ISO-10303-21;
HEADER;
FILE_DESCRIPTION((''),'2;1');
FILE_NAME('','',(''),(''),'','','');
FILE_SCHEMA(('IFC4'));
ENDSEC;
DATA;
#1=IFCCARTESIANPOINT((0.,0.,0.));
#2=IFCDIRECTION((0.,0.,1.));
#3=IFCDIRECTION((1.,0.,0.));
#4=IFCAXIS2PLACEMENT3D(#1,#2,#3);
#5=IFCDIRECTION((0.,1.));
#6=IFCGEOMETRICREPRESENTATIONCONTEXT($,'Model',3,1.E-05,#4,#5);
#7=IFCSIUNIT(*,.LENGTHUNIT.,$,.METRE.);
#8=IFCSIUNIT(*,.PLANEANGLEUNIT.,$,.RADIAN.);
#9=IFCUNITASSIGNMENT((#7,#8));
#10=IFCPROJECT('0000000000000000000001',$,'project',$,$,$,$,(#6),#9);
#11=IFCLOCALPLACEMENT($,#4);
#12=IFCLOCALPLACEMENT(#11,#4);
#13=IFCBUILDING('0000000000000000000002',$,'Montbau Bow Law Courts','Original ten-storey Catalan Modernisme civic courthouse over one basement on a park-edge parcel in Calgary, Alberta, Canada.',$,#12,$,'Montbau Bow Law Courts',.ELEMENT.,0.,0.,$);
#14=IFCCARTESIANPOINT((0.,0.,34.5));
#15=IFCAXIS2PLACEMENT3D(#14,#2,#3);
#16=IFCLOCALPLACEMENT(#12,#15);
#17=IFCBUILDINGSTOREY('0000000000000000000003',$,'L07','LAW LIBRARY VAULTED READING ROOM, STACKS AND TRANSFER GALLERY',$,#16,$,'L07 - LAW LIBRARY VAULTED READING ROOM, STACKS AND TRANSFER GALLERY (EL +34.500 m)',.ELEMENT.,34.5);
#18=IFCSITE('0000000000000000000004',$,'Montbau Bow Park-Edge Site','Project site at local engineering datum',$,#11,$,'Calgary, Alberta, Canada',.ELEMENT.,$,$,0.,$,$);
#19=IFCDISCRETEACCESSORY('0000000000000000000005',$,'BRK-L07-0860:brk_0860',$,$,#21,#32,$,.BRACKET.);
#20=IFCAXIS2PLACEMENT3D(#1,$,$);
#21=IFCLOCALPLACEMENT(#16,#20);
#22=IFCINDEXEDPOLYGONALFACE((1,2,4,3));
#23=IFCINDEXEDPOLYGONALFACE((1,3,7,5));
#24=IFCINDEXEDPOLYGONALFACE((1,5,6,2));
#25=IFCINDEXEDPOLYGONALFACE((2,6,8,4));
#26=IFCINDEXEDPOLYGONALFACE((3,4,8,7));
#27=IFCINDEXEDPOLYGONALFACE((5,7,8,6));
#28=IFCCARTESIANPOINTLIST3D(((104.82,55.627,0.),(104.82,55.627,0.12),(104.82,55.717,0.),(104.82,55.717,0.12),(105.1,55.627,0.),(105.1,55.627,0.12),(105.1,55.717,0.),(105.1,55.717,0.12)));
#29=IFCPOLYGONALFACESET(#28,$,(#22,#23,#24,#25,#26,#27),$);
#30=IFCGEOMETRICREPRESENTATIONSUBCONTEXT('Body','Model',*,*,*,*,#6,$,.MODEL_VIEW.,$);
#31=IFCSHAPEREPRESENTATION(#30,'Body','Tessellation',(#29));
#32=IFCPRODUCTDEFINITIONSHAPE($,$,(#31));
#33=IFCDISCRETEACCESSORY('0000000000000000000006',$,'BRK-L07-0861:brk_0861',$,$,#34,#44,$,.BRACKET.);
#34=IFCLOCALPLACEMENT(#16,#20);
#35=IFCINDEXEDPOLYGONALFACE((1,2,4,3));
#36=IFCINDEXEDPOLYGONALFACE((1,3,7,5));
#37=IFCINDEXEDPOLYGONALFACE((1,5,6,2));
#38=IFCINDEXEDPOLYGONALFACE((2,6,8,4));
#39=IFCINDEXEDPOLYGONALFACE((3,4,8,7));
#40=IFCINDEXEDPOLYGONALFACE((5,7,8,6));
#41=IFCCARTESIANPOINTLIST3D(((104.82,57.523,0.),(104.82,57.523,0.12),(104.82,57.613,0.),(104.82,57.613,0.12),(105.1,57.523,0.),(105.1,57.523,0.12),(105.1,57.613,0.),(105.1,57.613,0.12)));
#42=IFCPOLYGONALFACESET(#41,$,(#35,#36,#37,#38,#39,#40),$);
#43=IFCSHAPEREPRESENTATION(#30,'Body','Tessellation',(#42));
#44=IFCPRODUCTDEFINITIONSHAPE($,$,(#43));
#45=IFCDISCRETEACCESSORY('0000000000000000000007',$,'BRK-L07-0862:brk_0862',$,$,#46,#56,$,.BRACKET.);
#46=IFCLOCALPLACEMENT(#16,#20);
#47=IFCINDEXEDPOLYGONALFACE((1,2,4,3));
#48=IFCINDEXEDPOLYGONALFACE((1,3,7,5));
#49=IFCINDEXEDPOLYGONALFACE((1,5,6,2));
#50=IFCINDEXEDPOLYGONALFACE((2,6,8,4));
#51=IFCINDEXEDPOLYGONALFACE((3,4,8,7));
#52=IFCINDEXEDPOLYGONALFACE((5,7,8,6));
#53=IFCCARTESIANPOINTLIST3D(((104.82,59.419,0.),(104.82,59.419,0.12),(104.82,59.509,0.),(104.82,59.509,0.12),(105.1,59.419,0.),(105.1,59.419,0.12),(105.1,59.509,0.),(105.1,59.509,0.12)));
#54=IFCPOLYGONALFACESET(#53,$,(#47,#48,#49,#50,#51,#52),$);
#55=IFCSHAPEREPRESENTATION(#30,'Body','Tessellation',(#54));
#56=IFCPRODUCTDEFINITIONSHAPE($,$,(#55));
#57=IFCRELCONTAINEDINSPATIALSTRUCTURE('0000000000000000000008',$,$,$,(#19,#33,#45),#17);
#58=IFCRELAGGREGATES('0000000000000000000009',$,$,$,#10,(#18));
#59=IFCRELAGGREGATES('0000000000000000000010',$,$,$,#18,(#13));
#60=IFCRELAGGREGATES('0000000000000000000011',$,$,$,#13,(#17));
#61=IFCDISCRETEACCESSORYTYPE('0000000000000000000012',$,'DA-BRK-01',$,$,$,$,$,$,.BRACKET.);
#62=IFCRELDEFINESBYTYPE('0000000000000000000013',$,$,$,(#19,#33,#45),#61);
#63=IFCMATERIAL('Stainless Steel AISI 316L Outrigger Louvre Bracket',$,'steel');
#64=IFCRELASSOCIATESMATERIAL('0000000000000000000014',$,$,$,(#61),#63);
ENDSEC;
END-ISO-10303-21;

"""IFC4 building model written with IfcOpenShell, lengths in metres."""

from ifc_helpers import new_model, si_unit, direction, frame, origin_with_axes, origin_2d_with_axis, place, context, subcontext, project, spatial, rectangle, extrude, material, type_object, element, save


model = new_model("IFC4")

# Units and contexts
model_context = context("Model", 3, precision=1e-05, world=origin_with_axes(), true_north=direction((0.0, 1.0)))
body_context = subcontext(model_context, "Body", "Model", "MODEL_VIEW")
ifc_project = project(units=[si_unit("LENGTHUNIT", "METRE"), si_unit("PLANEANGLEUNIT", "RADIAN")], contexts=[model_context])

# Site, building, storey
site_placement = place(None, origin_with_axes())
site = spatial("IfcSite", under=ifc_project, at=site_placement, Name="Montbau Bow Park-Edge Site", Description="Project site at local engineering datum", LongName="Calgary, Alberta, Canada", CompositionType="ELEMENT", RefElevation=0.0)
building_placement = place(site_placement, origin_with_axes())
building = spatial("IfcBuilding", under=site, at=building_placement, Name="Montbau Bow Law Courts", Description="Original ten-storey Catalan Modernisme civic courthouse over one basement on a park-edge parcel in Calgary, Alberta, Canada.", LongName="Montbau Bow Law Courts", CompositionType="ELEMENT", ElevationOfRefHeight=0.0, ElevationOfTerrain=0.0)
storey_placement = place(building_placement, frame((0.0, 0.0, 34.5), z_axis=(0.0, 0.0, 1.0), x_axis=(1.0, 0.0, 0.0)))
storey = spatial("IfcBuildingStorey", under=building, at=storey_placement, Name="L07", Description="LAW LIBRARY VAULTED READING ROOM, STACKS AND TRANSFER GALLERY", LongName="L07 - LAW LIBRARY VAULTED READING ROOM, STACKS AND TRANSFER GALLERY (EL +34.500 m)", CompositionType="ELEMENT", Elevation=34.5)

# Discrete accessories
ifc_material_1 = material(Name="Stainless Steel AISI 316L Outrigger Louvre Bracket", Category="steel")
discrete_accessory_type = type_object("IfcDiscreteAccessoryType", Name="DA-BRK-01", PredefinedType="BRACKET", material=ifc_material_1)
for number, where, z_axis, x_axis, name in (
    (1, (104.96, 55.672, 34.5), (0.0, 0.0, 1.0), (1.0, 0.0, 0.0), "BRK-L07-0860:brk_0860"),
    (2, (104.96, 57.568, 34.5), (0.0, 0.0, 1.0), (1.0, 0.0, 0.0), "BRK-L07-0861:brk_0861"),
    (3, (104.96, 59.464, 34.5), (0.0, 0.0, 1.0), (1.0, 0.0, 0.0), "BRK-L07-0862:brk_0862"),
):
    element("IfcDiscreteAccessory", number, at=place(None, frame(where, z_axis=z_axis, x_axis=x_axis)), inside=storey, type_object=discrete_accessory_type, Name=name, PredefinedType="BRACKET", context=body_context, shape_type="SweptSolid", body=[
        extrude(rectangle(XDim=0.28, YDim=0.09, at=origin_2d_with_axis()), origin_with_axes(), (0.0, 0.0, 1.0), 0.12),
    ])

save(model, "model.ifc")
